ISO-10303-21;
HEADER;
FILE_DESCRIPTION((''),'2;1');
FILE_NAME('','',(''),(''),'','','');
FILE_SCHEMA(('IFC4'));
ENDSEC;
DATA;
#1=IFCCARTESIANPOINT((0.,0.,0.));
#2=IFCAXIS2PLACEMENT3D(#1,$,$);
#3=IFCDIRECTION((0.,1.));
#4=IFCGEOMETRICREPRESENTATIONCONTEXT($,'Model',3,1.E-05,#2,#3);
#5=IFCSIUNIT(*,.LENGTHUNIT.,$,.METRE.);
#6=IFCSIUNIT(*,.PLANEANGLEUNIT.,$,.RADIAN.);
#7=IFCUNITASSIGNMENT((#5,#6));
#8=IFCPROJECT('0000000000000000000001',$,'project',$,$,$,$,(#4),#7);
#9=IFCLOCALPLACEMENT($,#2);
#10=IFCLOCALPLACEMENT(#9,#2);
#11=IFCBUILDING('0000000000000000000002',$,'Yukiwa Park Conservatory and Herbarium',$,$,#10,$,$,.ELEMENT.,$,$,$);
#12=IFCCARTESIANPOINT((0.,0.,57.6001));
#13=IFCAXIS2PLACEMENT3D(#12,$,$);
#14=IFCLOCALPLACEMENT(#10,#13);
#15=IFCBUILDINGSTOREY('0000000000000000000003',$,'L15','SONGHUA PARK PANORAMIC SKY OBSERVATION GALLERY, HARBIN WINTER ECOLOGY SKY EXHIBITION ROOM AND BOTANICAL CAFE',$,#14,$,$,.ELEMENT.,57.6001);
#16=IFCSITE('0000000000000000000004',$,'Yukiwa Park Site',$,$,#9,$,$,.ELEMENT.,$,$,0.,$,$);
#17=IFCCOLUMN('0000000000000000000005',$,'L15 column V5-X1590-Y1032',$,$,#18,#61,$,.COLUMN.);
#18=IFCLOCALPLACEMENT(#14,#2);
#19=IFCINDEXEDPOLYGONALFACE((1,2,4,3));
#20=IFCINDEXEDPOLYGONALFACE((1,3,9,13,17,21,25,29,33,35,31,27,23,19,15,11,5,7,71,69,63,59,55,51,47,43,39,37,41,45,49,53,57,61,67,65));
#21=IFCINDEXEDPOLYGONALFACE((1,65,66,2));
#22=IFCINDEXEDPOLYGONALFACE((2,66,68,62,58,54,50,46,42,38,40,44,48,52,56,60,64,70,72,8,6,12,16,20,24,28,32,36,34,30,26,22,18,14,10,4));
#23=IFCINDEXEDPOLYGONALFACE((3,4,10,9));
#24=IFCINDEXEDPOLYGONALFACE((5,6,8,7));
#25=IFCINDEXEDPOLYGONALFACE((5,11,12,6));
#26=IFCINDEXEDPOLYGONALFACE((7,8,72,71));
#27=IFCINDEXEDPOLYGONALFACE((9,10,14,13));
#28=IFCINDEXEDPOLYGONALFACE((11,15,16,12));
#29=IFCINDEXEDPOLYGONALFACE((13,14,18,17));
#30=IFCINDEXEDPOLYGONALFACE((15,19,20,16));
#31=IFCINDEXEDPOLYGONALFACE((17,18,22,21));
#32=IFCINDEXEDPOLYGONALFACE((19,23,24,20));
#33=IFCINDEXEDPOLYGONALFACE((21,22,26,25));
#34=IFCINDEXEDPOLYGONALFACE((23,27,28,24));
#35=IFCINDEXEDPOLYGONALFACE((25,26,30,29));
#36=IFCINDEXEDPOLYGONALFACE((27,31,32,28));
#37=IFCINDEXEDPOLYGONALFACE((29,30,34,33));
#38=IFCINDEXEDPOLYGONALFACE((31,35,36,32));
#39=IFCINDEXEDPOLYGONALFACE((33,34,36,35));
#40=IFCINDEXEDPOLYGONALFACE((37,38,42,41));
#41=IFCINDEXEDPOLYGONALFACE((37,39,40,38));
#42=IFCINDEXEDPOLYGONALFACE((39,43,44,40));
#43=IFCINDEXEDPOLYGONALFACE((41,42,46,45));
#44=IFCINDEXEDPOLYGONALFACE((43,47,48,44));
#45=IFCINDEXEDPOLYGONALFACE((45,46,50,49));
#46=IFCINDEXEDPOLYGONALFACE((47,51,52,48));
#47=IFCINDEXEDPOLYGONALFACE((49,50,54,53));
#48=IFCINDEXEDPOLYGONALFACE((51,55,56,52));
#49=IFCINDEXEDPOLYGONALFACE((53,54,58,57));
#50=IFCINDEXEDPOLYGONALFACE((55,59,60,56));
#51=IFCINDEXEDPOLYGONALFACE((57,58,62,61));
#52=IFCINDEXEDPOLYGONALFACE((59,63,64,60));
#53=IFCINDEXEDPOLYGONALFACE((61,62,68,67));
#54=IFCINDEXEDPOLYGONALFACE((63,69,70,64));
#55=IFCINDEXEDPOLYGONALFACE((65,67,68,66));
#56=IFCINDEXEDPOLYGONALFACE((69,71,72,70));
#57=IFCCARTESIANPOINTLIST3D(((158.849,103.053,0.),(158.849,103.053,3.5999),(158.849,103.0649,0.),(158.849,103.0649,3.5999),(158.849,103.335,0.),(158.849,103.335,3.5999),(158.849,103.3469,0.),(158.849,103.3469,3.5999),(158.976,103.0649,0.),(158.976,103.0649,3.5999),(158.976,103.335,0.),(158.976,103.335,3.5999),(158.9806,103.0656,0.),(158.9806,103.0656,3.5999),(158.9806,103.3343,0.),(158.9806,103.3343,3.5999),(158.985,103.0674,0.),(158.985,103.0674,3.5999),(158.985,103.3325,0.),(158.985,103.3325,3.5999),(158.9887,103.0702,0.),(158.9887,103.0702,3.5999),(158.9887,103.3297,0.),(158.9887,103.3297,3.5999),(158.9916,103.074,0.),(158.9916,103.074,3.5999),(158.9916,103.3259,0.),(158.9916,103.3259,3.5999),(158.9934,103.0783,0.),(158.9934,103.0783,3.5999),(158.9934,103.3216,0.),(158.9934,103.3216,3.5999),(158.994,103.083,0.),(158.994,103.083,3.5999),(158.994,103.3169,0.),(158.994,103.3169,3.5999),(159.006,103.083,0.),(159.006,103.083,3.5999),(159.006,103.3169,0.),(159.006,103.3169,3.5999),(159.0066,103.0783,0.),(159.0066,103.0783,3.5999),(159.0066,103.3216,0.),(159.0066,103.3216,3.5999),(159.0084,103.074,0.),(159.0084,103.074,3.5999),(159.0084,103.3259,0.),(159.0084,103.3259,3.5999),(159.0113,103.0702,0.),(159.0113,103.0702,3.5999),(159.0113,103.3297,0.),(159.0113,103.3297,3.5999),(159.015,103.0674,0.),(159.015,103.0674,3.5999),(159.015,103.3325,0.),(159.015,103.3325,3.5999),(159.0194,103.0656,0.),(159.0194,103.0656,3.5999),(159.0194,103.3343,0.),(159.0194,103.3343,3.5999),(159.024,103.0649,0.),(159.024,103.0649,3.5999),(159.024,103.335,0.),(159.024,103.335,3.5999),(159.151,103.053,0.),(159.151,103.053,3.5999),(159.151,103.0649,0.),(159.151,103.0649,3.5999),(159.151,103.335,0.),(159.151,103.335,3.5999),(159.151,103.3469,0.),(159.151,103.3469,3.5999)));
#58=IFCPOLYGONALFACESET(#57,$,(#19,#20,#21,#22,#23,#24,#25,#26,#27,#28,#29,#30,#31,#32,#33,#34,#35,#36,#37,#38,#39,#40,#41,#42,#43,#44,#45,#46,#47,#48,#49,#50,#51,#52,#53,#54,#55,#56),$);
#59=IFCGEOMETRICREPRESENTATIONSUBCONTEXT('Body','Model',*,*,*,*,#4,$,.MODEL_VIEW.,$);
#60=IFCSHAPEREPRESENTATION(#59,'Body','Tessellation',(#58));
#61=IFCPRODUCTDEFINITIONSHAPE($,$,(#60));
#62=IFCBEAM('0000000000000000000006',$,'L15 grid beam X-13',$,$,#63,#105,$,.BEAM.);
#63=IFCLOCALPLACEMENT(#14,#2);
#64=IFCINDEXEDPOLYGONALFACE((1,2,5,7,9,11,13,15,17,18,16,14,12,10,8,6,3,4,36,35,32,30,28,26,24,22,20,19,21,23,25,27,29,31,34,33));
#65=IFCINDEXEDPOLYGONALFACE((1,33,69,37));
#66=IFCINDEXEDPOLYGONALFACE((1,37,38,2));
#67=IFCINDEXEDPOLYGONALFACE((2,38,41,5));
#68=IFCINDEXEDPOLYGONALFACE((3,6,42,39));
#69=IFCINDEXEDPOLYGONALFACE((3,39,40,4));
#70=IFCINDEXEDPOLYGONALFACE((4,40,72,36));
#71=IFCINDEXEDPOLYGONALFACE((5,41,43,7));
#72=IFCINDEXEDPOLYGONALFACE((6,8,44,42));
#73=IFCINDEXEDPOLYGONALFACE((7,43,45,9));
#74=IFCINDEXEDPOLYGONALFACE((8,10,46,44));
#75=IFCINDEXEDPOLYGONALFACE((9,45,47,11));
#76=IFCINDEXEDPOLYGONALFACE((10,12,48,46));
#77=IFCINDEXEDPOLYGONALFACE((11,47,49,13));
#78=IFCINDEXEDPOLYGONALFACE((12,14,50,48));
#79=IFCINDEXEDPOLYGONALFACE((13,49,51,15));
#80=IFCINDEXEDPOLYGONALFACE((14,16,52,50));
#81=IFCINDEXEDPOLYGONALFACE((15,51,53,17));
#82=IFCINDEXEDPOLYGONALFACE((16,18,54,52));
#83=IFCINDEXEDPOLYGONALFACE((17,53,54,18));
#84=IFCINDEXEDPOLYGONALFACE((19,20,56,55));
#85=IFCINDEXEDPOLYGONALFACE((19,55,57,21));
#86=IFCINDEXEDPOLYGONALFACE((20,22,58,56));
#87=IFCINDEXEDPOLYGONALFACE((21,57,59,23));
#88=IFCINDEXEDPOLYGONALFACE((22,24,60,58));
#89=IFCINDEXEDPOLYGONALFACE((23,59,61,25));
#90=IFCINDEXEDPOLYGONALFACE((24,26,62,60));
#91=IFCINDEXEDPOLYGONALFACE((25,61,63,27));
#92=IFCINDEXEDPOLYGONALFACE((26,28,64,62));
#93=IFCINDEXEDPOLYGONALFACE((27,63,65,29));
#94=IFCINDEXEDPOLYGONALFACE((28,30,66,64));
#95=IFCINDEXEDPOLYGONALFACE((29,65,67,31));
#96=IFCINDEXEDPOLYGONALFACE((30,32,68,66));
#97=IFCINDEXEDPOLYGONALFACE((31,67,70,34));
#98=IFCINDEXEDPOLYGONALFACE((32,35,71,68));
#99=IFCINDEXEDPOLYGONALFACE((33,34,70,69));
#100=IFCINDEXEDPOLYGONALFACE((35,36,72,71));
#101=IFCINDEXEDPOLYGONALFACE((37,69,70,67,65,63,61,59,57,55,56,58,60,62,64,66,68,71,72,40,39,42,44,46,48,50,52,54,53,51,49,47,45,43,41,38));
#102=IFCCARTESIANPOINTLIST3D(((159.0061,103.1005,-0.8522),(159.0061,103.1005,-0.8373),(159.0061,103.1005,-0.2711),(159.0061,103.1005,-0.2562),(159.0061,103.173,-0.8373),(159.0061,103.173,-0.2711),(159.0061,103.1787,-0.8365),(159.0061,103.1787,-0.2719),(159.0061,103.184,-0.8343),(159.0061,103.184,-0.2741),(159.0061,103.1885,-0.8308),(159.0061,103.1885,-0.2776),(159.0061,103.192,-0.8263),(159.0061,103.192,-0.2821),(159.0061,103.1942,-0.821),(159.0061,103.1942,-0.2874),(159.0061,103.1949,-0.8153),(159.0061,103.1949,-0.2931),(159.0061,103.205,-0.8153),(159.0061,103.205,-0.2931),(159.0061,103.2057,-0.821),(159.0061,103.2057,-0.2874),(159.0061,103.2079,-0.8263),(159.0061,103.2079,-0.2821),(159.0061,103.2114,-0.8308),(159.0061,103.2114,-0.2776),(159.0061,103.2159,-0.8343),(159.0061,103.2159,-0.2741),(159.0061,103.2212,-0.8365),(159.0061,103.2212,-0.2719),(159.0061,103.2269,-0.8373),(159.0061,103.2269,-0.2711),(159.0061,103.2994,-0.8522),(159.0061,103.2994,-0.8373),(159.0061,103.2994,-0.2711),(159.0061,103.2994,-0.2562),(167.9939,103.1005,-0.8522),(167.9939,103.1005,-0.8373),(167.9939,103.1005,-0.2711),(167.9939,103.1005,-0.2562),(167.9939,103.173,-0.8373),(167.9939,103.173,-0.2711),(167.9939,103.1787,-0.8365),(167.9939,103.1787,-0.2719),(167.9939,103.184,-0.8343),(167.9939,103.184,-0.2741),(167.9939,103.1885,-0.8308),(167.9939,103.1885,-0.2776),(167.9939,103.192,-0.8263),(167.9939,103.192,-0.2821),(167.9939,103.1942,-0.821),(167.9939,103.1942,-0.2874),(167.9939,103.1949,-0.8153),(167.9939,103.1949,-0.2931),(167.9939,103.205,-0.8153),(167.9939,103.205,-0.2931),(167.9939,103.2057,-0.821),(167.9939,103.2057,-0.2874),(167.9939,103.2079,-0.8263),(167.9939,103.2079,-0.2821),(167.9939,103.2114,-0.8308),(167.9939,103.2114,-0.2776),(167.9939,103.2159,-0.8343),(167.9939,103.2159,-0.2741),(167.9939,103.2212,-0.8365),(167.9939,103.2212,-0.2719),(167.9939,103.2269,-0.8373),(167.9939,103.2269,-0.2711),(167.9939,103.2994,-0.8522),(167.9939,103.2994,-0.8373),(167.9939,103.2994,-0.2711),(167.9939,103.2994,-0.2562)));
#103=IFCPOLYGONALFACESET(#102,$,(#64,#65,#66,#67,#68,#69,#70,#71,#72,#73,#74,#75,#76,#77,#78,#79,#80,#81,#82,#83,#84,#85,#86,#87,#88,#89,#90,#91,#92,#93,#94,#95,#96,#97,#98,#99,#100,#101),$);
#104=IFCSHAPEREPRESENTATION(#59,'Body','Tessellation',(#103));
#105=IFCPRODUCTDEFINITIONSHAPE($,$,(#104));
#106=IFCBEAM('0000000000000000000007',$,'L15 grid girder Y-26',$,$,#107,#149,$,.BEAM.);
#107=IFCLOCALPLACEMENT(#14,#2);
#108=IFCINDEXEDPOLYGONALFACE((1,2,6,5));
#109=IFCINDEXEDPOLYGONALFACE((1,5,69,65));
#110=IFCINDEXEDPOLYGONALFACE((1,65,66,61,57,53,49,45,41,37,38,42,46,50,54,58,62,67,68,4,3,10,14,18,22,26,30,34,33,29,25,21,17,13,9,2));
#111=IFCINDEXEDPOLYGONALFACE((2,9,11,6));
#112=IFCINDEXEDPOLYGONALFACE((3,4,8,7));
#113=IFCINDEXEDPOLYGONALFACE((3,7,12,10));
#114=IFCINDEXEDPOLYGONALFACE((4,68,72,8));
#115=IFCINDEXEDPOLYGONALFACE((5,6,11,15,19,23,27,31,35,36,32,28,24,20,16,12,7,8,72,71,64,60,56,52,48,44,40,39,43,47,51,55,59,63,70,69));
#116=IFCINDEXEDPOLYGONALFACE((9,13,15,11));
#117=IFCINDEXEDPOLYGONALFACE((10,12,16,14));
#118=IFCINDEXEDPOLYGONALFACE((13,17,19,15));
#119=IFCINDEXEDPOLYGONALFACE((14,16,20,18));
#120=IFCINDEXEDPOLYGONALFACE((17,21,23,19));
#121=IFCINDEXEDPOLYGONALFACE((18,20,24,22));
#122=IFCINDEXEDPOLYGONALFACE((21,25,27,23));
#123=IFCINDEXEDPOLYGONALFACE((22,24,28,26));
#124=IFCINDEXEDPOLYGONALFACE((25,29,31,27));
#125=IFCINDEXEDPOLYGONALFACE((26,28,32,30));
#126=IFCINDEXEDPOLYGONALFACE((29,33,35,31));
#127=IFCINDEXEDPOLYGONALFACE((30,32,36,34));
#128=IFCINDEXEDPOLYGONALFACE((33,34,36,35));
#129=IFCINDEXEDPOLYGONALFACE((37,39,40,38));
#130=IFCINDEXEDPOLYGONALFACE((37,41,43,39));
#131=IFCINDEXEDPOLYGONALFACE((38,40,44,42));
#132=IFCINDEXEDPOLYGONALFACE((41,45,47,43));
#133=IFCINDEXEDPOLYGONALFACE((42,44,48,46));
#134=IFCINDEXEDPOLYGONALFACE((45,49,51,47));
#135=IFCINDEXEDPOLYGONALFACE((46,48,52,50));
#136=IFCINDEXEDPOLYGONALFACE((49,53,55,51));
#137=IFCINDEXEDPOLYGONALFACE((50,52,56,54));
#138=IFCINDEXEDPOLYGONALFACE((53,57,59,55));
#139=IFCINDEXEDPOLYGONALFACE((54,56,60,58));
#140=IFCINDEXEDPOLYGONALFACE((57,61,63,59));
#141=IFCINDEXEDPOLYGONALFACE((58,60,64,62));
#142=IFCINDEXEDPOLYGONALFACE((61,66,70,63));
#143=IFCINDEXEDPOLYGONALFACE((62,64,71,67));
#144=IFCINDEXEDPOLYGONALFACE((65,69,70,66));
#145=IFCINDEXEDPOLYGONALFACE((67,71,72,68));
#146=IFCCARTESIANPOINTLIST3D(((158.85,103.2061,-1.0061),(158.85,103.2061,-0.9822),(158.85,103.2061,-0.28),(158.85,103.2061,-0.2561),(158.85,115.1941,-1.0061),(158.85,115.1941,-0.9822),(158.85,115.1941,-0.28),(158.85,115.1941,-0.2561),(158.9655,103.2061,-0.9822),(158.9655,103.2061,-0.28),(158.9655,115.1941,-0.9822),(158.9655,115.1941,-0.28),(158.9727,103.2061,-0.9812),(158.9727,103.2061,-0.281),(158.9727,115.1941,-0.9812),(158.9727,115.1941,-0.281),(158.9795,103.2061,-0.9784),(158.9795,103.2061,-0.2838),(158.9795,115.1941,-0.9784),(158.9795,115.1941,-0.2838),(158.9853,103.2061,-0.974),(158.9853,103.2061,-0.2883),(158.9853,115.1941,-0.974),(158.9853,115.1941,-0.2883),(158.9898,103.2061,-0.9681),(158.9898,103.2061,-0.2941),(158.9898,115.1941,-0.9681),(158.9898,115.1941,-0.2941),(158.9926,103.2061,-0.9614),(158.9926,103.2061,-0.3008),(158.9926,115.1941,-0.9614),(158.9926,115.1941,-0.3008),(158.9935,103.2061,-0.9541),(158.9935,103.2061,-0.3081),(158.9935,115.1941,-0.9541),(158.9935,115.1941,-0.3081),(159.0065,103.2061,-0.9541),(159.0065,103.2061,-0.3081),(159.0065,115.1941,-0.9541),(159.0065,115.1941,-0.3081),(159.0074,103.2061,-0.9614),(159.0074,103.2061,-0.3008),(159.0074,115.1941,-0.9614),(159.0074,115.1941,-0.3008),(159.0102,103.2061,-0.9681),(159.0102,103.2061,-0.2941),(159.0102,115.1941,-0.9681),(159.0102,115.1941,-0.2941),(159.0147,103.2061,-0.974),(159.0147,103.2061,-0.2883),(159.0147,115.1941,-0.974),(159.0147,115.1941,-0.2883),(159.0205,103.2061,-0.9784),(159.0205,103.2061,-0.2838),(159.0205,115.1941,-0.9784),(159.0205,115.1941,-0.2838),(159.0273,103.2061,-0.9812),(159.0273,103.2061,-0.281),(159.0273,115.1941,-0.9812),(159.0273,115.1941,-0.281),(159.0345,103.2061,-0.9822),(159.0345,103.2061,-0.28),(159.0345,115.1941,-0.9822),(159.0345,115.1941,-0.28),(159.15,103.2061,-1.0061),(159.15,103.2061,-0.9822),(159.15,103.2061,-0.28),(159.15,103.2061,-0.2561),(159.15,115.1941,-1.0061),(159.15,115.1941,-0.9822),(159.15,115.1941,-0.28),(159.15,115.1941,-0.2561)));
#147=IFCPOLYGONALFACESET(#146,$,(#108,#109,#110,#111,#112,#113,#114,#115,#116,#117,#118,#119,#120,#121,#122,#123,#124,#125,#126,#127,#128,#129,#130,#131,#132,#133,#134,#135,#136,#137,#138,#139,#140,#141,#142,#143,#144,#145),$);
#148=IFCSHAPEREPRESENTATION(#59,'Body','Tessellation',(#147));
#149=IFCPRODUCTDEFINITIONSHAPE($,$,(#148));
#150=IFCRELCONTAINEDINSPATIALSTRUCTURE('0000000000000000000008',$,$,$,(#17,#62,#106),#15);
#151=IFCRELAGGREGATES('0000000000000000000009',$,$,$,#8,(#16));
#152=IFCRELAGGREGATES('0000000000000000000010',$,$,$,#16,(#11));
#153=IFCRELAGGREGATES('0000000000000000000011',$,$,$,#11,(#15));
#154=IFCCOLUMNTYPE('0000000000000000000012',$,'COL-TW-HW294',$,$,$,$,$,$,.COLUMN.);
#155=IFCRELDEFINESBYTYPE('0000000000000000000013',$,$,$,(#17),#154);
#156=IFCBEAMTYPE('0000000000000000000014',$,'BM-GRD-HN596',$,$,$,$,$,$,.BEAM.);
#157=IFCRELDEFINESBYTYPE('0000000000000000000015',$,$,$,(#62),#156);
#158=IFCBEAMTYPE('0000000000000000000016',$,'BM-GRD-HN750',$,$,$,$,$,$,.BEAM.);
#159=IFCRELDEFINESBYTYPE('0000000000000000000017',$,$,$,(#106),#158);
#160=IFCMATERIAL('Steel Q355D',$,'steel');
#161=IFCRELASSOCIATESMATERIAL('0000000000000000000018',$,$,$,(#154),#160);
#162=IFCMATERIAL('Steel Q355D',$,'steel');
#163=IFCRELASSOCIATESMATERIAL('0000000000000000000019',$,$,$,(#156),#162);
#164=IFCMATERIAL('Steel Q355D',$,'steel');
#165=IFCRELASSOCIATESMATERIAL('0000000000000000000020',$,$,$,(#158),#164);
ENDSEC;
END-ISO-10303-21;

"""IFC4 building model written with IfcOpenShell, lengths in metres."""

from ifc_helpers import new_model, si_unit, direction, frame, origin, origin_2d, place, context, subcontext, project, spatial, i_section, extrude, material, material_profile, profile_set, type_object, element, save


model = new_model("IFC4")

# Units and contexts
model_context = context("Model", 3, precision=1e-05, world=origin(), true_north=direction((0.0, 1.0)))
body_context = subcontext(model_context, "Body", "Model", "MODEL_VIEW")
ifc_project = project(units=[si_unit("LENGTHUNIT", "METRE"), si_unit("PLANEANGLEUNIT", "RADIAN")], contexts=[model_context])

# Site, building, storey
site_placement = place(None, origin())
site = spatial("IfcSite", under=ifc_project, at=site_placement, Name="Yukiwa Park Site", CompositionType="ELEMENT", RefElevation=0.0)
building_placement = place(site_placement, origin())
building = spatial("IfcBuilding", under=site, at=building_placement, Name="Yukiwa Park Conservatory and Herbarium", CompositionType="ELEMENT")
storey_placement = place(building_placement, frame((0.0, 0.0, 57.6001)))
storey = spatial("IfcBuildingStorey", under=building, at=storey_placement, Name="L15", Description="SONGHUA PARK PANORAMIC SKY OBSERVATION GALLERY, HARBIN WINTER ECOLOGY SKY EXHIBITION ROOM AND BOTANICAL CAFE", CompositionType="ELEMENT", Elevation=57.6001)

# Column
ifc_material_1 = material(Name="Steel Q355D", Category="steel")
ifc_material_profile_1 = material_profile(ifc_material_1, i_section(OverallWidth=0.302, OverallDepth=0.2939, WebThickness=0.012, FlangeThickness=0.012, FilletRadius=0.0181, at=origin_2d()), Name="HW 294x302x12x12")
ifc_profile_set_1 = profile_set([ifc_material_profile_1], Name="Steel Q355D")
column_type = type_object("IfcColumnType", Name="COL-TW-HW294", PredefinedType="COLUMN", material=ifc_profile_set_1)
column_placement = place(storey_placement, frame((159.0, 103.2, 0.0), z_axis=(0.0, 0.0, 1.0), x_axis=(1.0, 0.0, 0.0)))
element("IfcColumn", 1, at=column_placement, inside=storey, type_object=column_type, Name="L15 column V5-X1590-Y1032", PredefinedType="COLUMN", context=body_context, shape_type="SweptSolid", body=[
    extrude(i_section(OverallWidth=0.302, OverallDepth=0.2939, WebThickness=0.012, FlangeThickness=0.012, FilletRadius=0.0181, at=origin_2d()), origin(), (0.0, 0.0, 1.0), 3.5999),
])

# Beams
ifc_material_2 = material(Name="Steel Q355D", Category="steel")
ifc_material_profile_2 = material_profile(ifc_material_2, i_section(OverallWidth=0.199, OverallDepth=0.5959, WebThickness=0.01, FlangeThickness=0.0149, FilletRadius=0.022, at=origin_2d()), Name="HN 596x199x10x15")
ifc_profile_set_2 = profile_set([ifc_material_profile_2], Name="Steel Q355D")
beam_type_1 = type_object("IfcBeamType", Name="BM-GRD-HN596", PredefinedType="BEAM", material=ifc_profile_set_2)
beam_1_placement = place(storey_placement, frame((159.0061, 103.2, -0.5542), z_axis=(1.0, 0.0, 0.0), x_axis=(0.0, 1.0, 0.0)))
element("IfcBeam", 2, at=beam_1_placement, inside=storey, type_object=beam_type_1, Name="L15 grid beam X-13", PredefinedType="BEAM", context=body_context, shape_type="SweptSolid", body=[
    extrude(i_section(OverallWidth=0.199, OverallDepth=0.5959, WebThickness=0.01, FlangeThickness=0.0149, FilletRadius=0.022, at=origin_2d()), origin(), (0.0, 0.0, 1.0), 8.9878),
])
ifc_material_3 = material(Name="Steel Q355D", Category="steel")
ifc_material_profile_3 = material_profile(ifc_material_3, i_section(OverallWidth=0.3, OverallDepth=0.75, WebThickness=0.0129, FlangeThickness=0.0239, FilletRadius=0.0281, at=origin_2d()), Name="HN 750x300x13x24")
ifc_profile_set_3 = profile_set([ifc_material_profile_3], Name="Steel Q355D")
beam_type_2 = type_object("IfcBeamType", Name="BM-GRD-HN750", PredefinedType="BEAM", material=ifc_profile_set_3)
beam_2_placement = place(storey_placement, frame((159.0, 103.2061, -0.6311), z_axis=(0.0, 1.0, 0.0), x_axis=(-1.0, 0.0, 0.0)))
element("IfcBeam", 3, at=beam_2_placement, inside=storey, type_object=beam_type_2, Name="L15 grid girder Y-26", PredefinedType="BEAM", context=body_context, shape_type="SweptSolid", body=[
    extrude(i_section(OverallWidth=0.3, OverallDepth=0.75, WebThickness=0.0129, FlangeThickness=0.0239, FilletRadius=0.0281, at=origin_2d()), origin(), (0.0, 0.0, 1.0), 11.988),
])

save(model, "model.ifc")
